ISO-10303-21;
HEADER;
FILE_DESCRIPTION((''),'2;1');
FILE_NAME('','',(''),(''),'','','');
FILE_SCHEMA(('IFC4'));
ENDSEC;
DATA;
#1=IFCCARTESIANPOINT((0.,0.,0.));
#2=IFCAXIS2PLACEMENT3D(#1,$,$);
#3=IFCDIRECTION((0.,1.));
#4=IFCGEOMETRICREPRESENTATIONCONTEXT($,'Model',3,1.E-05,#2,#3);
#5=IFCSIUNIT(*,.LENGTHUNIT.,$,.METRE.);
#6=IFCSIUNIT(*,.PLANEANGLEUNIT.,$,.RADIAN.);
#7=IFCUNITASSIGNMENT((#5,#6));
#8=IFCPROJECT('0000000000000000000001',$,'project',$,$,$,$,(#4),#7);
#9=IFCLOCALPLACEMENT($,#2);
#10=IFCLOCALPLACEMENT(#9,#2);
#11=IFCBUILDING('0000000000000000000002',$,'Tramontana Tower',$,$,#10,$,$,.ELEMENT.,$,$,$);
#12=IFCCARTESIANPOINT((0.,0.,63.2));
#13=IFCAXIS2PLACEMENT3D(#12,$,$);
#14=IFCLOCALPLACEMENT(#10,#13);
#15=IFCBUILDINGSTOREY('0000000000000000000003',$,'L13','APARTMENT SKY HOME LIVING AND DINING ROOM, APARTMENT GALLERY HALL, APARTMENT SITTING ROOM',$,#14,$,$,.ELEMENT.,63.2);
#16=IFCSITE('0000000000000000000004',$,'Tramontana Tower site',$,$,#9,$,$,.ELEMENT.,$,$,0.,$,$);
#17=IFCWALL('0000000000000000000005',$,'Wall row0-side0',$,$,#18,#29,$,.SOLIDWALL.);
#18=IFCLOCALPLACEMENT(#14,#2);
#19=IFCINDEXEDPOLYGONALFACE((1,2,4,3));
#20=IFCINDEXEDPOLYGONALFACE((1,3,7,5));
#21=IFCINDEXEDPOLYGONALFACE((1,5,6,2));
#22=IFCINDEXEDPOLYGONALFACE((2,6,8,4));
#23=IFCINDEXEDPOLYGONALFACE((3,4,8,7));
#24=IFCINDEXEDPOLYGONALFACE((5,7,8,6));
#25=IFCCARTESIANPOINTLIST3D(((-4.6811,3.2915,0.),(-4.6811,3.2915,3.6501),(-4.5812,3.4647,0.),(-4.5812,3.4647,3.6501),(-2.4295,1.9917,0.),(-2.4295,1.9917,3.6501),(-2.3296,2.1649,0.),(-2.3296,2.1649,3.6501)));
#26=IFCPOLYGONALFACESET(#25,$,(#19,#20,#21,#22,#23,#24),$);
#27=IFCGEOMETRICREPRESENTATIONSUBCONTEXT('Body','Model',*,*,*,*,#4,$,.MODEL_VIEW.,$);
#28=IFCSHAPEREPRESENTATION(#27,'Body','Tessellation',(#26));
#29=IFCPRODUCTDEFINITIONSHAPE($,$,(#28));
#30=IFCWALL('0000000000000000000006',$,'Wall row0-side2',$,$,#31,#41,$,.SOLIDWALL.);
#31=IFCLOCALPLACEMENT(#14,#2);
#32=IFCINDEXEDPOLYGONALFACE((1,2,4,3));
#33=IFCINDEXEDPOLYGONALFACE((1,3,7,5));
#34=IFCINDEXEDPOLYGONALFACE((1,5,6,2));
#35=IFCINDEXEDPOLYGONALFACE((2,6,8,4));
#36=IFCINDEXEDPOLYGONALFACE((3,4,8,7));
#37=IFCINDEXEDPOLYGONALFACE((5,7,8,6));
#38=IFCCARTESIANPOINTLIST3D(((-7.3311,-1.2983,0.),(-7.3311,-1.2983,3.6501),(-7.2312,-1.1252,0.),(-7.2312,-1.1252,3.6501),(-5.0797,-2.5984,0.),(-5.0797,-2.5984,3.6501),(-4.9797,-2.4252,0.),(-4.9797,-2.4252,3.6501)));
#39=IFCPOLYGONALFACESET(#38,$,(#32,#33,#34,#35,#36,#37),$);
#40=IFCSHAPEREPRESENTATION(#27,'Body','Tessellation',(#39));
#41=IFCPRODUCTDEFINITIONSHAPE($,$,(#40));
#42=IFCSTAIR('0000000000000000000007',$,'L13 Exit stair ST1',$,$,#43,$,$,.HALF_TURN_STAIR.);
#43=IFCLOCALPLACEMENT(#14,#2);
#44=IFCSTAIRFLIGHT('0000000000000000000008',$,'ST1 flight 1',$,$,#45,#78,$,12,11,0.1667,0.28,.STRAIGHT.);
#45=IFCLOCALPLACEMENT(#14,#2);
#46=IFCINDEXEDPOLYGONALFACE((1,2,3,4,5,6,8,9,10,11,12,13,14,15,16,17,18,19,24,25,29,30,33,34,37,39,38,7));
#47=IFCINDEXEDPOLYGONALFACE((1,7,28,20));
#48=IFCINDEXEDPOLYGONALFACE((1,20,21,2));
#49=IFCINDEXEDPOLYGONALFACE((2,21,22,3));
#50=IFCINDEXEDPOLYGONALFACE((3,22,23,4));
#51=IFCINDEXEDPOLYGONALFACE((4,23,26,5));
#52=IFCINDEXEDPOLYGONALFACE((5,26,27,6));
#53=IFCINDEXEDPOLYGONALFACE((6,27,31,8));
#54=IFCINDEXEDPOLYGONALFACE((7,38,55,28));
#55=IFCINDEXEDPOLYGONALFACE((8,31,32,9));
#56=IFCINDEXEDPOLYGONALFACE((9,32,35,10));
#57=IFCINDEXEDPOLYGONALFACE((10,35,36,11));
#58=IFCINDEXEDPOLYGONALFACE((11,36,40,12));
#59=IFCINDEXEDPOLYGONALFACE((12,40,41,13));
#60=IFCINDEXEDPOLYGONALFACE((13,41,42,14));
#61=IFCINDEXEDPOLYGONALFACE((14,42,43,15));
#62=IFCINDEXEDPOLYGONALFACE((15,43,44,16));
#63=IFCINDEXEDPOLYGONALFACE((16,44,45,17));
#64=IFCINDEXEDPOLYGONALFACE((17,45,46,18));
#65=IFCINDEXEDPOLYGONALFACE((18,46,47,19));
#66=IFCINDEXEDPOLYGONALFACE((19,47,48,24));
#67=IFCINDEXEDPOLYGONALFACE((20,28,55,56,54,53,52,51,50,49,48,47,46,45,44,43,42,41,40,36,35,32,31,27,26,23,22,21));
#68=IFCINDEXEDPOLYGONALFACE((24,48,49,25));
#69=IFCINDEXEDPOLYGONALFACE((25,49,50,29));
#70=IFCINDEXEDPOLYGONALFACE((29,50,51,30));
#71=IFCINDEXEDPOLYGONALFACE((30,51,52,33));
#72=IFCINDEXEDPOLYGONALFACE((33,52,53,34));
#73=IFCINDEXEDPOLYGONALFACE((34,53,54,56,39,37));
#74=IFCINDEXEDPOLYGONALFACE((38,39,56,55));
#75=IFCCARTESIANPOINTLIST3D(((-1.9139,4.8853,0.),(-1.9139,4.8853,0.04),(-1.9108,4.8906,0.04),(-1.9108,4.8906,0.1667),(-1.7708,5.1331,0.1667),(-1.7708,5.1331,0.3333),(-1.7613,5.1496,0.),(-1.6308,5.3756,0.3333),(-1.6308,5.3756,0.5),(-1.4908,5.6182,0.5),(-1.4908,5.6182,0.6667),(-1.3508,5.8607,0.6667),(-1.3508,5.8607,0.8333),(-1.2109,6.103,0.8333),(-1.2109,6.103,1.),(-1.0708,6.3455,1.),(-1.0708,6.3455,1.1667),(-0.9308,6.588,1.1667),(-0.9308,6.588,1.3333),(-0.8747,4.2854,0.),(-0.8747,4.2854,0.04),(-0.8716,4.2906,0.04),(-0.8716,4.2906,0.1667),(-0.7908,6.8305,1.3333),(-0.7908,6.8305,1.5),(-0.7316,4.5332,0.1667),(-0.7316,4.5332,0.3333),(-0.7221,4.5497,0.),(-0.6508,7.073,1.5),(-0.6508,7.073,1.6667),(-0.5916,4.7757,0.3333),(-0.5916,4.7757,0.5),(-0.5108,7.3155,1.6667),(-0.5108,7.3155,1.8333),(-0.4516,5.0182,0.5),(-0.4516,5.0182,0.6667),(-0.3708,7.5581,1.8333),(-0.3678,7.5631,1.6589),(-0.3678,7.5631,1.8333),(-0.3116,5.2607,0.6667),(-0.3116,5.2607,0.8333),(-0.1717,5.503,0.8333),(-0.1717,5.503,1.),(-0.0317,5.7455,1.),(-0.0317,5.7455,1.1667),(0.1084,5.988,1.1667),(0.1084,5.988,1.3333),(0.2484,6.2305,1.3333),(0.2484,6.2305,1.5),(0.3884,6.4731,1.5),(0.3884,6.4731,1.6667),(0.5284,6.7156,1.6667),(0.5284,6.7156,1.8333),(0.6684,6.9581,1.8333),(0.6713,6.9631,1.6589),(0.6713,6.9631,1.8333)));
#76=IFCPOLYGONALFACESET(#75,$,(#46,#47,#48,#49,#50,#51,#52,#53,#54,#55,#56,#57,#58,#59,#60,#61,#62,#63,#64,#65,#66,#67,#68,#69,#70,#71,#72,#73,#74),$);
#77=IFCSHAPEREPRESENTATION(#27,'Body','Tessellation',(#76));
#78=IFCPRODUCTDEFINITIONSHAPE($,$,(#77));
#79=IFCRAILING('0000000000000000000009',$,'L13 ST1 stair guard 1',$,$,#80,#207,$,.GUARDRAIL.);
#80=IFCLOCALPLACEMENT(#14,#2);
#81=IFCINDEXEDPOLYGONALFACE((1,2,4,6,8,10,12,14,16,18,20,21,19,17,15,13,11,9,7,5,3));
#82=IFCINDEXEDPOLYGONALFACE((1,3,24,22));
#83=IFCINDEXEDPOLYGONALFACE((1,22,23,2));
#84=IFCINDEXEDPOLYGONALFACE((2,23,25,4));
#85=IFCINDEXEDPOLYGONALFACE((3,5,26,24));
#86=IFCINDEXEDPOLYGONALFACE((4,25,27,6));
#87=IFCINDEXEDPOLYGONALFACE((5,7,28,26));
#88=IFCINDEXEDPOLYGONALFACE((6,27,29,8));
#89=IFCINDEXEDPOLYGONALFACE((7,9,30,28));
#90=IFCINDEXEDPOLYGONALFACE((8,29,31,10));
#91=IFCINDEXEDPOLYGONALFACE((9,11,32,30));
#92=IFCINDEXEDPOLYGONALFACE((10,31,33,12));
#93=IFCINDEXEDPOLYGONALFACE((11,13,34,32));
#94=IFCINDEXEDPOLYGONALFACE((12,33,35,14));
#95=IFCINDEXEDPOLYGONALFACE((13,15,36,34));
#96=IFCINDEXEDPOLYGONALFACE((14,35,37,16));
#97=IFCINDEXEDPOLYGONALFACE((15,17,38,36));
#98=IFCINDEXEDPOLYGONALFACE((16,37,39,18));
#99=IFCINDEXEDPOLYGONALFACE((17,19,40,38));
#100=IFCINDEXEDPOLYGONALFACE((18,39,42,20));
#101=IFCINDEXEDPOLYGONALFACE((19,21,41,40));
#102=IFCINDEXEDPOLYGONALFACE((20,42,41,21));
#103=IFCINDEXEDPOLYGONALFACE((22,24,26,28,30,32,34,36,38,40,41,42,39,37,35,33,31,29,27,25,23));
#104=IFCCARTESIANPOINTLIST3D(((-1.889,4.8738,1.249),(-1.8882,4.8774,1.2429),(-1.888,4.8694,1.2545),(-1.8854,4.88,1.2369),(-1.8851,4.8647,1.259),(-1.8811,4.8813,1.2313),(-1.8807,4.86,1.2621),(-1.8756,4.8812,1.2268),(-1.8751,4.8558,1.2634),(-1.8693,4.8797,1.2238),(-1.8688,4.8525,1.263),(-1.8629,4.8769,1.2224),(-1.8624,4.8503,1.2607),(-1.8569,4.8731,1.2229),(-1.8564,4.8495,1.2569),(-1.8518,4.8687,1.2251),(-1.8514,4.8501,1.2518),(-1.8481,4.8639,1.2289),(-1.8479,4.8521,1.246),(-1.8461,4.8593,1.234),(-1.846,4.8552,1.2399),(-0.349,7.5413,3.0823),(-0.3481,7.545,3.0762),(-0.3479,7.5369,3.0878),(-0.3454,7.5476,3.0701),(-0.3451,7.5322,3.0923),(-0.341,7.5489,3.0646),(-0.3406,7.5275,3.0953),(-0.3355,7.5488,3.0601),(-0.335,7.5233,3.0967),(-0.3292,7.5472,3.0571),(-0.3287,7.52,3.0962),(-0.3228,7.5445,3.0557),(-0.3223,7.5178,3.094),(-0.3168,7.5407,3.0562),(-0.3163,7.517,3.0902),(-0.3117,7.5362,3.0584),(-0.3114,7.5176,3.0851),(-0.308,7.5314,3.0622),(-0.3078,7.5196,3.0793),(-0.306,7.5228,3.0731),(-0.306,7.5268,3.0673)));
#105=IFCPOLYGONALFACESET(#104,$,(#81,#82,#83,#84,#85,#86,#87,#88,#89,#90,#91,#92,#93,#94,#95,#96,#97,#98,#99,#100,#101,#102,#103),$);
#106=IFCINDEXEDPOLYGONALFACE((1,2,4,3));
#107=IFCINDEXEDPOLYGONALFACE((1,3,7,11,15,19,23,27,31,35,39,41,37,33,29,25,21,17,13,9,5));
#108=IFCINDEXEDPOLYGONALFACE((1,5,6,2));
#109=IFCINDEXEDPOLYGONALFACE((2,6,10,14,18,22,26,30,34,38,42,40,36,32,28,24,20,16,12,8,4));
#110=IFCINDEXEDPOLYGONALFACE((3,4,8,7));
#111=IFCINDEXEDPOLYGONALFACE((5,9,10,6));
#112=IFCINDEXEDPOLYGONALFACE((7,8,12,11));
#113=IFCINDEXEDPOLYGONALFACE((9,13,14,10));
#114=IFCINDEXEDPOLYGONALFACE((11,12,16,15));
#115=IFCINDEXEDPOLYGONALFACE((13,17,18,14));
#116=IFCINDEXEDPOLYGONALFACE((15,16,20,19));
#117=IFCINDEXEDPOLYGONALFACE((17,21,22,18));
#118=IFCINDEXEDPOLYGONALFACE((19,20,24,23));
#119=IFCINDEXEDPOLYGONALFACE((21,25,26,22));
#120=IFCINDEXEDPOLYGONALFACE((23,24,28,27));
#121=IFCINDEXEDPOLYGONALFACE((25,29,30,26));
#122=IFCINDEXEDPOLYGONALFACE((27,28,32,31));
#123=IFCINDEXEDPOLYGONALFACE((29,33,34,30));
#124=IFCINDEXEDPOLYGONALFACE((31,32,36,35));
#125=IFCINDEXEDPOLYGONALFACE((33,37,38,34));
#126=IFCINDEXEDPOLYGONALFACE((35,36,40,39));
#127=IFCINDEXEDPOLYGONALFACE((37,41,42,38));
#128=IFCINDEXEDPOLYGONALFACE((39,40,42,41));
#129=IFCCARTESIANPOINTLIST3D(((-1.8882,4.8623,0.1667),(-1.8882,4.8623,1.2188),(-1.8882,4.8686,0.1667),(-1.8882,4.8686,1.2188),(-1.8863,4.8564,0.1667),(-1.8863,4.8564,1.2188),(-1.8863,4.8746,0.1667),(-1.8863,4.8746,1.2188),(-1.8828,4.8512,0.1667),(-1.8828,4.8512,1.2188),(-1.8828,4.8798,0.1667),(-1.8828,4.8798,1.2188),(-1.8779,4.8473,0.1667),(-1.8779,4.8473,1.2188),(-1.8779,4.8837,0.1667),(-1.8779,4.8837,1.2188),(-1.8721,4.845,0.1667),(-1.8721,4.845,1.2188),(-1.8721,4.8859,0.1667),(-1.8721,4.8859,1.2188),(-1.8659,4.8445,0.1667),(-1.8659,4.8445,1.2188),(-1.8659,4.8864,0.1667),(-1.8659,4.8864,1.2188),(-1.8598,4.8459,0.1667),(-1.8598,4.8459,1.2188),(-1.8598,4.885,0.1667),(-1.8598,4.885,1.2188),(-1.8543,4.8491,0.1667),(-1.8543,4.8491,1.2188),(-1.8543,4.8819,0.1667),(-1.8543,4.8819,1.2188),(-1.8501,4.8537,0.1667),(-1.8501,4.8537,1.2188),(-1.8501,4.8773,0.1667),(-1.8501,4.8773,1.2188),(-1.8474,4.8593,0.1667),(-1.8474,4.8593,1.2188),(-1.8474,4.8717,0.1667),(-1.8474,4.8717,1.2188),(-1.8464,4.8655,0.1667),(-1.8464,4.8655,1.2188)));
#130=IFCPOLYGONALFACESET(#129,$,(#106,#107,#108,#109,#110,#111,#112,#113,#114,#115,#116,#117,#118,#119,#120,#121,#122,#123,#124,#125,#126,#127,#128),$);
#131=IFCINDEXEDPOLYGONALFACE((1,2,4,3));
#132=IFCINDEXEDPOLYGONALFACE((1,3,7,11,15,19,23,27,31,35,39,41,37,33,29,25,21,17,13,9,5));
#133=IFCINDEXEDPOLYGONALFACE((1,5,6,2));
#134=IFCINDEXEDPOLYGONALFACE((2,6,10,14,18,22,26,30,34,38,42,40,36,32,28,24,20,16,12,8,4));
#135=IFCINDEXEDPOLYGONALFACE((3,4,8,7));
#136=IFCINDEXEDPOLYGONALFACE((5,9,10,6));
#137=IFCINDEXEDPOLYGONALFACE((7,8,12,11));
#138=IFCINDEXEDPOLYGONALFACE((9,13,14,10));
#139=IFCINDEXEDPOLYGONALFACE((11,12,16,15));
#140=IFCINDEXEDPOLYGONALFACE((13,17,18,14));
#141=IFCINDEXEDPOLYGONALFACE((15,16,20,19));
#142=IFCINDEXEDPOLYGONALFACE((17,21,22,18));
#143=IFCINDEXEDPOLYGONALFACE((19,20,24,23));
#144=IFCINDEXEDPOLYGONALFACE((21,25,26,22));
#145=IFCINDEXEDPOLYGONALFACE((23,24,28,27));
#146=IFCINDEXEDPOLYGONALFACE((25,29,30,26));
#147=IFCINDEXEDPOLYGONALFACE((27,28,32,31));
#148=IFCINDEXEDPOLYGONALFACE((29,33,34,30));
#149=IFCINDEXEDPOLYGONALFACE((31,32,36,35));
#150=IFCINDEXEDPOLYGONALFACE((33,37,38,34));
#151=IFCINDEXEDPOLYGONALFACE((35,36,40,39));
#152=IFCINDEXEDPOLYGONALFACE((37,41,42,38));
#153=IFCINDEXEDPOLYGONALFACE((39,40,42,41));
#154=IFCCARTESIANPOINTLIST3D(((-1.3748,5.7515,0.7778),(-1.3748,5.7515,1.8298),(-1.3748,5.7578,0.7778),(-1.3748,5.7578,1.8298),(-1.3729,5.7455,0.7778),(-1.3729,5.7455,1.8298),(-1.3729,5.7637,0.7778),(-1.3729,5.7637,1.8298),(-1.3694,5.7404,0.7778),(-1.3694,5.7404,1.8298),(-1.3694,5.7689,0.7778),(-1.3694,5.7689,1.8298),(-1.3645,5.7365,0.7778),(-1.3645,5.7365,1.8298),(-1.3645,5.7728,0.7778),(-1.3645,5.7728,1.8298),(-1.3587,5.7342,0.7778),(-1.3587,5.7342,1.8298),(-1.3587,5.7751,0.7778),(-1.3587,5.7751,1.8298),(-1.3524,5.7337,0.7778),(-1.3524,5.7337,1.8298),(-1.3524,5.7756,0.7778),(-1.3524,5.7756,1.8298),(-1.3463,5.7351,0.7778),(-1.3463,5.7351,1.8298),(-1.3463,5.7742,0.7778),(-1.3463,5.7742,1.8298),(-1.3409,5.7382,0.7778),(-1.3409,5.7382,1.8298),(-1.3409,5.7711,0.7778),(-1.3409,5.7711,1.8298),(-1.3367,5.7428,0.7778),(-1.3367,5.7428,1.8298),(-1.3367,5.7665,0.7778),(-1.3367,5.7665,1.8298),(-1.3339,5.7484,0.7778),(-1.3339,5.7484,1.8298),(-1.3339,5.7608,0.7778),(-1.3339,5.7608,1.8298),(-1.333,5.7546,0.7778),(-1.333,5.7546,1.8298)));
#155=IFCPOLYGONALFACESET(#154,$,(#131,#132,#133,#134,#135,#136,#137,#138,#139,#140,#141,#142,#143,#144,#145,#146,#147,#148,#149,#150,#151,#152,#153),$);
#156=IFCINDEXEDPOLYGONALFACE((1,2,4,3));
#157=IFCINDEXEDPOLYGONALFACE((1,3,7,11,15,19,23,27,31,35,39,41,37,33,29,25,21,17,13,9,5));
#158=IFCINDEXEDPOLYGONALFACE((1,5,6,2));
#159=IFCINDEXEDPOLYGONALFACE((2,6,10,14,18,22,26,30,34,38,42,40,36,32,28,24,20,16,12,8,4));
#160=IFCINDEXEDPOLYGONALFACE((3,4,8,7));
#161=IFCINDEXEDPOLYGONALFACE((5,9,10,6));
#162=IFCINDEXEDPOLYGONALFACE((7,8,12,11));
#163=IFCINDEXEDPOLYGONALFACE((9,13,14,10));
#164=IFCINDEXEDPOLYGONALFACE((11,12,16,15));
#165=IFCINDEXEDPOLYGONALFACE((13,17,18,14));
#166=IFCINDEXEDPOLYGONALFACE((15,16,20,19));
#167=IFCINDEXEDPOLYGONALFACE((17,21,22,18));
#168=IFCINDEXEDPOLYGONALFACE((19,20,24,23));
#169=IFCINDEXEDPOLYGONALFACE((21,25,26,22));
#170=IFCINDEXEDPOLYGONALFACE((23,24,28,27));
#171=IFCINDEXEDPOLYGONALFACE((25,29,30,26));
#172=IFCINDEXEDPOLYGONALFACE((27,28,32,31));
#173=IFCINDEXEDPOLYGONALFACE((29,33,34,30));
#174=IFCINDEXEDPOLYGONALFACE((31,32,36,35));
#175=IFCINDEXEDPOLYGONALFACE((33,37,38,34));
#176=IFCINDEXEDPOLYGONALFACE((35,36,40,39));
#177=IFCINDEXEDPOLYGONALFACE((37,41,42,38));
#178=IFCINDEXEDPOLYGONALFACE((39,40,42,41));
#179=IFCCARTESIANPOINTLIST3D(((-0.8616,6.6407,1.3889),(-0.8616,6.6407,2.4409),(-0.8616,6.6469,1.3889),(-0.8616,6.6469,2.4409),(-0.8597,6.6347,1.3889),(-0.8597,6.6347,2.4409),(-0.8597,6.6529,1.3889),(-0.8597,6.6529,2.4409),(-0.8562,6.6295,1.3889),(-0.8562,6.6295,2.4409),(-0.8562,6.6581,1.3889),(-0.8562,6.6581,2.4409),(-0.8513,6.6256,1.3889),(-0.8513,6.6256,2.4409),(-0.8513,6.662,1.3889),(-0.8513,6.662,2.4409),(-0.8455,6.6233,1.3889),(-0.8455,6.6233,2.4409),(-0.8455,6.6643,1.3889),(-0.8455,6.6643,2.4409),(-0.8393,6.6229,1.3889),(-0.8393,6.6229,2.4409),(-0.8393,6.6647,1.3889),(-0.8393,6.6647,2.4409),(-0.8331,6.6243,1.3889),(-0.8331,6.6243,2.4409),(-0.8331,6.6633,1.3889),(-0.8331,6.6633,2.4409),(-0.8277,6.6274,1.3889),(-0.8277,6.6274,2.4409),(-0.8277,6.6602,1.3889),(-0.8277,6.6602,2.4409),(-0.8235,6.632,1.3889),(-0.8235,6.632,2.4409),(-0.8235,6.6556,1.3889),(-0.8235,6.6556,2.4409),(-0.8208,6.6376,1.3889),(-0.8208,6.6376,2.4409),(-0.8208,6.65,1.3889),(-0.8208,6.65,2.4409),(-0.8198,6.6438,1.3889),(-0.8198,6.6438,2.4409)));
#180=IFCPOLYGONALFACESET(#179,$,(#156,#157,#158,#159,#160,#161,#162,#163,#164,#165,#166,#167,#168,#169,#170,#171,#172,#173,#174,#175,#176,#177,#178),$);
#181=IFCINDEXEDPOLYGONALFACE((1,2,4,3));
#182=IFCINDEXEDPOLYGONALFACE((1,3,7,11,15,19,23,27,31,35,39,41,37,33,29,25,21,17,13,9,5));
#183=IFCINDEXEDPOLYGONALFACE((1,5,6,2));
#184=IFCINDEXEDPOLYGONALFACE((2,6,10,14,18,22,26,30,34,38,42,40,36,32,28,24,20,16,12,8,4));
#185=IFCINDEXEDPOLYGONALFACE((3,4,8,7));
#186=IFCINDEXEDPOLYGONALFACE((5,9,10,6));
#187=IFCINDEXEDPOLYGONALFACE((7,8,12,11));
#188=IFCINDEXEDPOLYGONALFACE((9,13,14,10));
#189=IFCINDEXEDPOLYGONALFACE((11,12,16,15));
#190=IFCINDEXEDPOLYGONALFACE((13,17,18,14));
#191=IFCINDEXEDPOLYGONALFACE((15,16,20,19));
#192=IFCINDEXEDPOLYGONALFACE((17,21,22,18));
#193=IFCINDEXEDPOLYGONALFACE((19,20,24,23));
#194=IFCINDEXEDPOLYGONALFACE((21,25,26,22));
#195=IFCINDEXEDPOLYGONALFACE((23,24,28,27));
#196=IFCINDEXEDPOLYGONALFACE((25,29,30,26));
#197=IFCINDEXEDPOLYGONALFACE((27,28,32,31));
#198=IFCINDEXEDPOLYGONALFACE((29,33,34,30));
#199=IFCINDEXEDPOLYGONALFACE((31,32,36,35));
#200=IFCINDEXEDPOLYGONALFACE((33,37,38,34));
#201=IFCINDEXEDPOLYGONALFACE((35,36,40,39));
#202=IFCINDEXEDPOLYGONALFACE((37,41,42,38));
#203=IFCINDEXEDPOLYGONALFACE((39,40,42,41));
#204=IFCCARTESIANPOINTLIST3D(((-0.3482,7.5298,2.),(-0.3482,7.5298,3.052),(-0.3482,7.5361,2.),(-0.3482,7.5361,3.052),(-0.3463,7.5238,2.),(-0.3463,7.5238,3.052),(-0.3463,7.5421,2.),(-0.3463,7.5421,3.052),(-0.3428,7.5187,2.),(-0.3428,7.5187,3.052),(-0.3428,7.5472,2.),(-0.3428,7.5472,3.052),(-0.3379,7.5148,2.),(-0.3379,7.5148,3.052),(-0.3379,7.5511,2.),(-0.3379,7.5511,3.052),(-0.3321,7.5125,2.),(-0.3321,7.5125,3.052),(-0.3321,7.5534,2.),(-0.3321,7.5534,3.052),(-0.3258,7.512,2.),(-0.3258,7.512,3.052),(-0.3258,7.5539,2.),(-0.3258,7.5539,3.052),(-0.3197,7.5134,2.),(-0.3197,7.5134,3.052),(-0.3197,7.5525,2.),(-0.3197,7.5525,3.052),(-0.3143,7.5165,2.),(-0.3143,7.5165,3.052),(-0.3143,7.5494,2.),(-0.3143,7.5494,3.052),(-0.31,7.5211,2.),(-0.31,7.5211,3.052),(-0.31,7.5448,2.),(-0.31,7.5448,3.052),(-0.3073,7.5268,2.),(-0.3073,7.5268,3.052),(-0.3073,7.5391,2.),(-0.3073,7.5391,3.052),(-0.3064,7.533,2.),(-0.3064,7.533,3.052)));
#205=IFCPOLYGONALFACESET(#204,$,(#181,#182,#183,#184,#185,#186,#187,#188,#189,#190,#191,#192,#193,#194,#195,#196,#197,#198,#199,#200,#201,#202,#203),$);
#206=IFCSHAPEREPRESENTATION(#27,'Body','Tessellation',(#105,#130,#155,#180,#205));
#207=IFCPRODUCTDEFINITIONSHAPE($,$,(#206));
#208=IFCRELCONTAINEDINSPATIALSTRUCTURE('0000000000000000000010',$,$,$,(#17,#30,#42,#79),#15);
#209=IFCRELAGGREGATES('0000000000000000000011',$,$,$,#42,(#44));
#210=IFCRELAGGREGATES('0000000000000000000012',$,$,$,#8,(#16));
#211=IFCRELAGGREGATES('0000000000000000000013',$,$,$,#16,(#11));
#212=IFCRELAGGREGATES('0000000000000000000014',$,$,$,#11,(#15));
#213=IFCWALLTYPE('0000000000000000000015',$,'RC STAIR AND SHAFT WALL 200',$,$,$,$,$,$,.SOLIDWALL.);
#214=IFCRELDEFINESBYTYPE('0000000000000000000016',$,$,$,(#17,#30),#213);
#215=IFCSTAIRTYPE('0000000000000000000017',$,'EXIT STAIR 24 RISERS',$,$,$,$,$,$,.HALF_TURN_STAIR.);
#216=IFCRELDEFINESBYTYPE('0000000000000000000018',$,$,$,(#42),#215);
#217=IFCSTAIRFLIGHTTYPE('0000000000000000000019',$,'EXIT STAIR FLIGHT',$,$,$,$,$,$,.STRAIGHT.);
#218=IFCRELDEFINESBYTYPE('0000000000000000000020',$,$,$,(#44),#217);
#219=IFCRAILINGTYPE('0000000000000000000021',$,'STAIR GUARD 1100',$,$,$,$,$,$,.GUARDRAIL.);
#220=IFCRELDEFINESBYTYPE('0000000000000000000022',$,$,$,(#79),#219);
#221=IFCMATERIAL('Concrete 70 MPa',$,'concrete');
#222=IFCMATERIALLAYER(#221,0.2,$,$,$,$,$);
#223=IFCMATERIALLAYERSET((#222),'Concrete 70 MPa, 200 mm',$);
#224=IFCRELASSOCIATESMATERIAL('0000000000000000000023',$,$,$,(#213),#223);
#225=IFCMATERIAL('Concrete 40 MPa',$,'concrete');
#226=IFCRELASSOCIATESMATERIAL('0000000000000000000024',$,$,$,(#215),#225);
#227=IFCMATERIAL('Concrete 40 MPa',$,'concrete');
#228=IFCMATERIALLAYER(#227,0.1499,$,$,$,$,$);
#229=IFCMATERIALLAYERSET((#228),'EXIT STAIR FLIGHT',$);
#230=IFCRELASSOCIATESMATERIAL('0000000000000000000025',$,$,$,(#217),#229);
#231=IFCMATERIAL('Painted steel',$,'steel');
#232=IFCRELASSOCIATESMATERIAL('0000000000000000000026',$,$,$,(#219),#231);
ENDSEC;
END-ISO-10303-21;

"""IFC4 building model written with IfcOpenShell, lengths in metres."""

from ifc_helpers import new_model, si_unit, direction, frame, frame_2d, origin, origin_2d, place, context, subcontext, project, spatial, polyline, rectangle, circle, outline, extrude, material, layer, layer_set, type_object, element, aggregate, save


model = new_model("IFC4")

# Units and contexts
model_context = context("Model", 3, precision=1e-05, world=origin(), true_north=direction((0.0, 1.0)))
body_context = subcontext(model_context, "Body", "Model", "MODEL_VIEW")
ifc_project = project(units=[si_unit("LENGTHUNIT", "METRE"), si_unit("PLANEANGLEUNIT", "RADIAN")], contexts=[model_context])

# Site, building, storey
site_placement = place(None, origin())
site = spatial("IfcSite", under=ifc_project, at=site_placement, Name="Tramontana Tower site", CompositionType="ELEMENT", RefElevation=0.0)
building_placement = place(site_placement, origin())
building = spatial("IfcBuilding", under=site, at=building_placement, Name="Tramontana Tower", CompositionType="ELEMENT")
storey_placement = place(building_placement, frame((0.0, 0.0, 63.2)))
storey = spatial("IfcBuildingStorey", under=building, at=storey_placement, Name="L13", Description="APARTMENT SKY HOME LIVING AND DINING ROOM, APARTMENT GALLERY HALL, APARTMENT SITTING ROOM", CompositionType="ELEMENT", Elevation=63.2)

# Shared definitions
ifc_material_1 = material(Name="Concrete 70 MPa", Category="concrete")
ifc_layer_1 = layer(ifc_material_1, 0.2)
ifc_layer_set_1 = layer_set([ifc_layer_1], Name="Concrete 70 MPa, 200 mm")
wall_type_1 = type_object("IfcWallType", Name="RC STAIR AND SHAFT WALL 200", PredefinedType="SOLIDWALL", material=ifc_layer_set_1)

# Walls
for number, where, z_axis, x_axis, name in (
    (1, (-2.3796, 2.0784, 0.0), (0.0, 0.0, 1.0), (-0.866062, 0.499937, 0.0), "Wall row0-side0"),
    (2, (-5.0298, -2.5117, 0.0), (0.0, 0.0, 1.0), (-0.865998, 0.500048, 0.0), "Wall row0-side2"),
):
    element("IfcWall", number, at=place(storey_placement, frame(where, z_axis=z_axis, x_axis=x_axis)), inside=storey, type_object=wall_type_1, Name=name, PredefinedType="SOLIDWALL", context=body_context, shape_type="SweptSolid", body=[
        extrude(rectangle(XDim=2.5999, YDim=0.2, at=frame_2d((1.2998, 0.0))), origin(), (0.0, 0.0, 1.0), 3.6501),
    ])

# Stair, stair flight
ifc_material_2 = material(Name="Concrete 40 MPa", Category="concrete")
stair_type = type_object("IfcStairType", Name="EXIT STAIR 24 RISERS", PredefinedType="HALF_TURN_STAIR", material=ifc_material_2)
stair_placement = place(storey_placement, origin())
stair = element("IfcStair", 3, at=stair_placement, inside=storey, type_object=stair_type, Name="L13 Exit stair ST1", PredefinedType="HALF_TURN_STAIR")
ifc_material_3 = material(Name="Concrete 40 MPa", Category="concrete")
ifc_layer_2 = layer(ifc_material_3, 0.1499)
ifc_layer_set_2 = layer_set([ifc_layer_2], Name="EXIT STAIR FLIGHT")
stair_flight_type = type_object("IfcStairFlightType", Name="EXIT STAIR FLIGHT", PredefinedType="STRAIGHT", material=ifc_layer_set_2)
stair_flight_placement = place(storey_placement, frame((-1.3911, 4.5906, 0.0), z_axis=(0.0, 0.0, 1.0), x_axis=(0.5, 0.866025, 0.0)))
stair_flight = element("IfcStairFlight", 4, at=stair_flight_placement, type_object=stair_flight_type, Name="ST1 flight 1", NumberOfRisers=12, NumberOfTreads=11, PredefinedType="STRAIGHT", RiserHeight=0.1667, TreadLength=0.28, context=body_context, shape_type="SweptSolid", body=[
    extrude(outline(polyline([(-0.0061, 0.0), (-0.0061, 0.04), (0.0, 0.04), (0.0, 0.1667), (0.28, 0.1667), (0.28, 0.3333), (0.5601, 0.3333), (0.5601, 0.5), (0.8401, 0.5), (0.8401, 0.6667), (1.1201, 0.6667), (1.1201, 0.8333), (1.3999, 0.8333), (1.3999, 1.0), (1.6799, 1.0), (1.6799, 1.1667), (1.96, 1.1667), (1.96, 1.3333), (2.24, 1.3333), (2.24, 1.5), (2.52, 1.5), (2.52, 1.6667), (2.8, 1.6667), (2.8, 1.8333), (3.0801, 1.8333), (3.0859, 1.8333), (3.0859, 1.6589), (0.2991, 0.0), (-0.0061, 0.0)])), frame((0.0, 0.6001, 0.0), z_axis=(0.0, -1.0, 0.0), x_axis=(1.0, 0.0, 0.0)), (0.0, 0.0, 1.0), 1.2),
])
aggregate(stair, [stair_flight])

# Railing
ifc_material_4 = material(Name="Painted steel", Category="steel")
railing_type_1 = type_object("IfcRailingType", Name="STAIR GUARD 1100", PredefinedType="GUARDRAIL", material=ifc_material_4)
railing_1_placement = place(storey_placement, frame((-1.8674, 4.8655, 0.1667)))
element("IfcRailing", 5, at=railing_1_placement, inside=storey, type_object=railing_type_1, Name="L13 ST1 stair guard 1", PredefinedType="GUARDRAIL", context=body_context, shape_type="SweptSolid", body=[
    extrude(circle(Radius=0.0239, at=origin_2d()), frame((0.0, 0.0, 1.0762), z_axis=(0.429649, 0.74419, 0.511452), x_axis=(-0.86603, 0.499992, 0.0)), (0.0, 0.0, 1.0), 3.5845),
    extrude(circle(Radius=0.021, at=origin_2d()), origin(), (0.0, 0.0, 1.0), 1.052),
    extrude(circle(Radius=0.021, at=origin_2d()), frame((0.5134, 0.8892, 0.6111)), (0.0, 0.0, 1.0), 1.052),
    extrude(circle(Radius=0.021, at=origin_2d()), frame((1.0266, 1.7783, 1.2222)), (0.0, 0.0, 1.0), 1.052),
    extrude(circle(Radius=0.021, at=origin_2d()), frame((1.54, 2.6675, 1.8333)), (0.0, 0.0, 1.0), 1.052),
])

save(model, "model.ifc")
